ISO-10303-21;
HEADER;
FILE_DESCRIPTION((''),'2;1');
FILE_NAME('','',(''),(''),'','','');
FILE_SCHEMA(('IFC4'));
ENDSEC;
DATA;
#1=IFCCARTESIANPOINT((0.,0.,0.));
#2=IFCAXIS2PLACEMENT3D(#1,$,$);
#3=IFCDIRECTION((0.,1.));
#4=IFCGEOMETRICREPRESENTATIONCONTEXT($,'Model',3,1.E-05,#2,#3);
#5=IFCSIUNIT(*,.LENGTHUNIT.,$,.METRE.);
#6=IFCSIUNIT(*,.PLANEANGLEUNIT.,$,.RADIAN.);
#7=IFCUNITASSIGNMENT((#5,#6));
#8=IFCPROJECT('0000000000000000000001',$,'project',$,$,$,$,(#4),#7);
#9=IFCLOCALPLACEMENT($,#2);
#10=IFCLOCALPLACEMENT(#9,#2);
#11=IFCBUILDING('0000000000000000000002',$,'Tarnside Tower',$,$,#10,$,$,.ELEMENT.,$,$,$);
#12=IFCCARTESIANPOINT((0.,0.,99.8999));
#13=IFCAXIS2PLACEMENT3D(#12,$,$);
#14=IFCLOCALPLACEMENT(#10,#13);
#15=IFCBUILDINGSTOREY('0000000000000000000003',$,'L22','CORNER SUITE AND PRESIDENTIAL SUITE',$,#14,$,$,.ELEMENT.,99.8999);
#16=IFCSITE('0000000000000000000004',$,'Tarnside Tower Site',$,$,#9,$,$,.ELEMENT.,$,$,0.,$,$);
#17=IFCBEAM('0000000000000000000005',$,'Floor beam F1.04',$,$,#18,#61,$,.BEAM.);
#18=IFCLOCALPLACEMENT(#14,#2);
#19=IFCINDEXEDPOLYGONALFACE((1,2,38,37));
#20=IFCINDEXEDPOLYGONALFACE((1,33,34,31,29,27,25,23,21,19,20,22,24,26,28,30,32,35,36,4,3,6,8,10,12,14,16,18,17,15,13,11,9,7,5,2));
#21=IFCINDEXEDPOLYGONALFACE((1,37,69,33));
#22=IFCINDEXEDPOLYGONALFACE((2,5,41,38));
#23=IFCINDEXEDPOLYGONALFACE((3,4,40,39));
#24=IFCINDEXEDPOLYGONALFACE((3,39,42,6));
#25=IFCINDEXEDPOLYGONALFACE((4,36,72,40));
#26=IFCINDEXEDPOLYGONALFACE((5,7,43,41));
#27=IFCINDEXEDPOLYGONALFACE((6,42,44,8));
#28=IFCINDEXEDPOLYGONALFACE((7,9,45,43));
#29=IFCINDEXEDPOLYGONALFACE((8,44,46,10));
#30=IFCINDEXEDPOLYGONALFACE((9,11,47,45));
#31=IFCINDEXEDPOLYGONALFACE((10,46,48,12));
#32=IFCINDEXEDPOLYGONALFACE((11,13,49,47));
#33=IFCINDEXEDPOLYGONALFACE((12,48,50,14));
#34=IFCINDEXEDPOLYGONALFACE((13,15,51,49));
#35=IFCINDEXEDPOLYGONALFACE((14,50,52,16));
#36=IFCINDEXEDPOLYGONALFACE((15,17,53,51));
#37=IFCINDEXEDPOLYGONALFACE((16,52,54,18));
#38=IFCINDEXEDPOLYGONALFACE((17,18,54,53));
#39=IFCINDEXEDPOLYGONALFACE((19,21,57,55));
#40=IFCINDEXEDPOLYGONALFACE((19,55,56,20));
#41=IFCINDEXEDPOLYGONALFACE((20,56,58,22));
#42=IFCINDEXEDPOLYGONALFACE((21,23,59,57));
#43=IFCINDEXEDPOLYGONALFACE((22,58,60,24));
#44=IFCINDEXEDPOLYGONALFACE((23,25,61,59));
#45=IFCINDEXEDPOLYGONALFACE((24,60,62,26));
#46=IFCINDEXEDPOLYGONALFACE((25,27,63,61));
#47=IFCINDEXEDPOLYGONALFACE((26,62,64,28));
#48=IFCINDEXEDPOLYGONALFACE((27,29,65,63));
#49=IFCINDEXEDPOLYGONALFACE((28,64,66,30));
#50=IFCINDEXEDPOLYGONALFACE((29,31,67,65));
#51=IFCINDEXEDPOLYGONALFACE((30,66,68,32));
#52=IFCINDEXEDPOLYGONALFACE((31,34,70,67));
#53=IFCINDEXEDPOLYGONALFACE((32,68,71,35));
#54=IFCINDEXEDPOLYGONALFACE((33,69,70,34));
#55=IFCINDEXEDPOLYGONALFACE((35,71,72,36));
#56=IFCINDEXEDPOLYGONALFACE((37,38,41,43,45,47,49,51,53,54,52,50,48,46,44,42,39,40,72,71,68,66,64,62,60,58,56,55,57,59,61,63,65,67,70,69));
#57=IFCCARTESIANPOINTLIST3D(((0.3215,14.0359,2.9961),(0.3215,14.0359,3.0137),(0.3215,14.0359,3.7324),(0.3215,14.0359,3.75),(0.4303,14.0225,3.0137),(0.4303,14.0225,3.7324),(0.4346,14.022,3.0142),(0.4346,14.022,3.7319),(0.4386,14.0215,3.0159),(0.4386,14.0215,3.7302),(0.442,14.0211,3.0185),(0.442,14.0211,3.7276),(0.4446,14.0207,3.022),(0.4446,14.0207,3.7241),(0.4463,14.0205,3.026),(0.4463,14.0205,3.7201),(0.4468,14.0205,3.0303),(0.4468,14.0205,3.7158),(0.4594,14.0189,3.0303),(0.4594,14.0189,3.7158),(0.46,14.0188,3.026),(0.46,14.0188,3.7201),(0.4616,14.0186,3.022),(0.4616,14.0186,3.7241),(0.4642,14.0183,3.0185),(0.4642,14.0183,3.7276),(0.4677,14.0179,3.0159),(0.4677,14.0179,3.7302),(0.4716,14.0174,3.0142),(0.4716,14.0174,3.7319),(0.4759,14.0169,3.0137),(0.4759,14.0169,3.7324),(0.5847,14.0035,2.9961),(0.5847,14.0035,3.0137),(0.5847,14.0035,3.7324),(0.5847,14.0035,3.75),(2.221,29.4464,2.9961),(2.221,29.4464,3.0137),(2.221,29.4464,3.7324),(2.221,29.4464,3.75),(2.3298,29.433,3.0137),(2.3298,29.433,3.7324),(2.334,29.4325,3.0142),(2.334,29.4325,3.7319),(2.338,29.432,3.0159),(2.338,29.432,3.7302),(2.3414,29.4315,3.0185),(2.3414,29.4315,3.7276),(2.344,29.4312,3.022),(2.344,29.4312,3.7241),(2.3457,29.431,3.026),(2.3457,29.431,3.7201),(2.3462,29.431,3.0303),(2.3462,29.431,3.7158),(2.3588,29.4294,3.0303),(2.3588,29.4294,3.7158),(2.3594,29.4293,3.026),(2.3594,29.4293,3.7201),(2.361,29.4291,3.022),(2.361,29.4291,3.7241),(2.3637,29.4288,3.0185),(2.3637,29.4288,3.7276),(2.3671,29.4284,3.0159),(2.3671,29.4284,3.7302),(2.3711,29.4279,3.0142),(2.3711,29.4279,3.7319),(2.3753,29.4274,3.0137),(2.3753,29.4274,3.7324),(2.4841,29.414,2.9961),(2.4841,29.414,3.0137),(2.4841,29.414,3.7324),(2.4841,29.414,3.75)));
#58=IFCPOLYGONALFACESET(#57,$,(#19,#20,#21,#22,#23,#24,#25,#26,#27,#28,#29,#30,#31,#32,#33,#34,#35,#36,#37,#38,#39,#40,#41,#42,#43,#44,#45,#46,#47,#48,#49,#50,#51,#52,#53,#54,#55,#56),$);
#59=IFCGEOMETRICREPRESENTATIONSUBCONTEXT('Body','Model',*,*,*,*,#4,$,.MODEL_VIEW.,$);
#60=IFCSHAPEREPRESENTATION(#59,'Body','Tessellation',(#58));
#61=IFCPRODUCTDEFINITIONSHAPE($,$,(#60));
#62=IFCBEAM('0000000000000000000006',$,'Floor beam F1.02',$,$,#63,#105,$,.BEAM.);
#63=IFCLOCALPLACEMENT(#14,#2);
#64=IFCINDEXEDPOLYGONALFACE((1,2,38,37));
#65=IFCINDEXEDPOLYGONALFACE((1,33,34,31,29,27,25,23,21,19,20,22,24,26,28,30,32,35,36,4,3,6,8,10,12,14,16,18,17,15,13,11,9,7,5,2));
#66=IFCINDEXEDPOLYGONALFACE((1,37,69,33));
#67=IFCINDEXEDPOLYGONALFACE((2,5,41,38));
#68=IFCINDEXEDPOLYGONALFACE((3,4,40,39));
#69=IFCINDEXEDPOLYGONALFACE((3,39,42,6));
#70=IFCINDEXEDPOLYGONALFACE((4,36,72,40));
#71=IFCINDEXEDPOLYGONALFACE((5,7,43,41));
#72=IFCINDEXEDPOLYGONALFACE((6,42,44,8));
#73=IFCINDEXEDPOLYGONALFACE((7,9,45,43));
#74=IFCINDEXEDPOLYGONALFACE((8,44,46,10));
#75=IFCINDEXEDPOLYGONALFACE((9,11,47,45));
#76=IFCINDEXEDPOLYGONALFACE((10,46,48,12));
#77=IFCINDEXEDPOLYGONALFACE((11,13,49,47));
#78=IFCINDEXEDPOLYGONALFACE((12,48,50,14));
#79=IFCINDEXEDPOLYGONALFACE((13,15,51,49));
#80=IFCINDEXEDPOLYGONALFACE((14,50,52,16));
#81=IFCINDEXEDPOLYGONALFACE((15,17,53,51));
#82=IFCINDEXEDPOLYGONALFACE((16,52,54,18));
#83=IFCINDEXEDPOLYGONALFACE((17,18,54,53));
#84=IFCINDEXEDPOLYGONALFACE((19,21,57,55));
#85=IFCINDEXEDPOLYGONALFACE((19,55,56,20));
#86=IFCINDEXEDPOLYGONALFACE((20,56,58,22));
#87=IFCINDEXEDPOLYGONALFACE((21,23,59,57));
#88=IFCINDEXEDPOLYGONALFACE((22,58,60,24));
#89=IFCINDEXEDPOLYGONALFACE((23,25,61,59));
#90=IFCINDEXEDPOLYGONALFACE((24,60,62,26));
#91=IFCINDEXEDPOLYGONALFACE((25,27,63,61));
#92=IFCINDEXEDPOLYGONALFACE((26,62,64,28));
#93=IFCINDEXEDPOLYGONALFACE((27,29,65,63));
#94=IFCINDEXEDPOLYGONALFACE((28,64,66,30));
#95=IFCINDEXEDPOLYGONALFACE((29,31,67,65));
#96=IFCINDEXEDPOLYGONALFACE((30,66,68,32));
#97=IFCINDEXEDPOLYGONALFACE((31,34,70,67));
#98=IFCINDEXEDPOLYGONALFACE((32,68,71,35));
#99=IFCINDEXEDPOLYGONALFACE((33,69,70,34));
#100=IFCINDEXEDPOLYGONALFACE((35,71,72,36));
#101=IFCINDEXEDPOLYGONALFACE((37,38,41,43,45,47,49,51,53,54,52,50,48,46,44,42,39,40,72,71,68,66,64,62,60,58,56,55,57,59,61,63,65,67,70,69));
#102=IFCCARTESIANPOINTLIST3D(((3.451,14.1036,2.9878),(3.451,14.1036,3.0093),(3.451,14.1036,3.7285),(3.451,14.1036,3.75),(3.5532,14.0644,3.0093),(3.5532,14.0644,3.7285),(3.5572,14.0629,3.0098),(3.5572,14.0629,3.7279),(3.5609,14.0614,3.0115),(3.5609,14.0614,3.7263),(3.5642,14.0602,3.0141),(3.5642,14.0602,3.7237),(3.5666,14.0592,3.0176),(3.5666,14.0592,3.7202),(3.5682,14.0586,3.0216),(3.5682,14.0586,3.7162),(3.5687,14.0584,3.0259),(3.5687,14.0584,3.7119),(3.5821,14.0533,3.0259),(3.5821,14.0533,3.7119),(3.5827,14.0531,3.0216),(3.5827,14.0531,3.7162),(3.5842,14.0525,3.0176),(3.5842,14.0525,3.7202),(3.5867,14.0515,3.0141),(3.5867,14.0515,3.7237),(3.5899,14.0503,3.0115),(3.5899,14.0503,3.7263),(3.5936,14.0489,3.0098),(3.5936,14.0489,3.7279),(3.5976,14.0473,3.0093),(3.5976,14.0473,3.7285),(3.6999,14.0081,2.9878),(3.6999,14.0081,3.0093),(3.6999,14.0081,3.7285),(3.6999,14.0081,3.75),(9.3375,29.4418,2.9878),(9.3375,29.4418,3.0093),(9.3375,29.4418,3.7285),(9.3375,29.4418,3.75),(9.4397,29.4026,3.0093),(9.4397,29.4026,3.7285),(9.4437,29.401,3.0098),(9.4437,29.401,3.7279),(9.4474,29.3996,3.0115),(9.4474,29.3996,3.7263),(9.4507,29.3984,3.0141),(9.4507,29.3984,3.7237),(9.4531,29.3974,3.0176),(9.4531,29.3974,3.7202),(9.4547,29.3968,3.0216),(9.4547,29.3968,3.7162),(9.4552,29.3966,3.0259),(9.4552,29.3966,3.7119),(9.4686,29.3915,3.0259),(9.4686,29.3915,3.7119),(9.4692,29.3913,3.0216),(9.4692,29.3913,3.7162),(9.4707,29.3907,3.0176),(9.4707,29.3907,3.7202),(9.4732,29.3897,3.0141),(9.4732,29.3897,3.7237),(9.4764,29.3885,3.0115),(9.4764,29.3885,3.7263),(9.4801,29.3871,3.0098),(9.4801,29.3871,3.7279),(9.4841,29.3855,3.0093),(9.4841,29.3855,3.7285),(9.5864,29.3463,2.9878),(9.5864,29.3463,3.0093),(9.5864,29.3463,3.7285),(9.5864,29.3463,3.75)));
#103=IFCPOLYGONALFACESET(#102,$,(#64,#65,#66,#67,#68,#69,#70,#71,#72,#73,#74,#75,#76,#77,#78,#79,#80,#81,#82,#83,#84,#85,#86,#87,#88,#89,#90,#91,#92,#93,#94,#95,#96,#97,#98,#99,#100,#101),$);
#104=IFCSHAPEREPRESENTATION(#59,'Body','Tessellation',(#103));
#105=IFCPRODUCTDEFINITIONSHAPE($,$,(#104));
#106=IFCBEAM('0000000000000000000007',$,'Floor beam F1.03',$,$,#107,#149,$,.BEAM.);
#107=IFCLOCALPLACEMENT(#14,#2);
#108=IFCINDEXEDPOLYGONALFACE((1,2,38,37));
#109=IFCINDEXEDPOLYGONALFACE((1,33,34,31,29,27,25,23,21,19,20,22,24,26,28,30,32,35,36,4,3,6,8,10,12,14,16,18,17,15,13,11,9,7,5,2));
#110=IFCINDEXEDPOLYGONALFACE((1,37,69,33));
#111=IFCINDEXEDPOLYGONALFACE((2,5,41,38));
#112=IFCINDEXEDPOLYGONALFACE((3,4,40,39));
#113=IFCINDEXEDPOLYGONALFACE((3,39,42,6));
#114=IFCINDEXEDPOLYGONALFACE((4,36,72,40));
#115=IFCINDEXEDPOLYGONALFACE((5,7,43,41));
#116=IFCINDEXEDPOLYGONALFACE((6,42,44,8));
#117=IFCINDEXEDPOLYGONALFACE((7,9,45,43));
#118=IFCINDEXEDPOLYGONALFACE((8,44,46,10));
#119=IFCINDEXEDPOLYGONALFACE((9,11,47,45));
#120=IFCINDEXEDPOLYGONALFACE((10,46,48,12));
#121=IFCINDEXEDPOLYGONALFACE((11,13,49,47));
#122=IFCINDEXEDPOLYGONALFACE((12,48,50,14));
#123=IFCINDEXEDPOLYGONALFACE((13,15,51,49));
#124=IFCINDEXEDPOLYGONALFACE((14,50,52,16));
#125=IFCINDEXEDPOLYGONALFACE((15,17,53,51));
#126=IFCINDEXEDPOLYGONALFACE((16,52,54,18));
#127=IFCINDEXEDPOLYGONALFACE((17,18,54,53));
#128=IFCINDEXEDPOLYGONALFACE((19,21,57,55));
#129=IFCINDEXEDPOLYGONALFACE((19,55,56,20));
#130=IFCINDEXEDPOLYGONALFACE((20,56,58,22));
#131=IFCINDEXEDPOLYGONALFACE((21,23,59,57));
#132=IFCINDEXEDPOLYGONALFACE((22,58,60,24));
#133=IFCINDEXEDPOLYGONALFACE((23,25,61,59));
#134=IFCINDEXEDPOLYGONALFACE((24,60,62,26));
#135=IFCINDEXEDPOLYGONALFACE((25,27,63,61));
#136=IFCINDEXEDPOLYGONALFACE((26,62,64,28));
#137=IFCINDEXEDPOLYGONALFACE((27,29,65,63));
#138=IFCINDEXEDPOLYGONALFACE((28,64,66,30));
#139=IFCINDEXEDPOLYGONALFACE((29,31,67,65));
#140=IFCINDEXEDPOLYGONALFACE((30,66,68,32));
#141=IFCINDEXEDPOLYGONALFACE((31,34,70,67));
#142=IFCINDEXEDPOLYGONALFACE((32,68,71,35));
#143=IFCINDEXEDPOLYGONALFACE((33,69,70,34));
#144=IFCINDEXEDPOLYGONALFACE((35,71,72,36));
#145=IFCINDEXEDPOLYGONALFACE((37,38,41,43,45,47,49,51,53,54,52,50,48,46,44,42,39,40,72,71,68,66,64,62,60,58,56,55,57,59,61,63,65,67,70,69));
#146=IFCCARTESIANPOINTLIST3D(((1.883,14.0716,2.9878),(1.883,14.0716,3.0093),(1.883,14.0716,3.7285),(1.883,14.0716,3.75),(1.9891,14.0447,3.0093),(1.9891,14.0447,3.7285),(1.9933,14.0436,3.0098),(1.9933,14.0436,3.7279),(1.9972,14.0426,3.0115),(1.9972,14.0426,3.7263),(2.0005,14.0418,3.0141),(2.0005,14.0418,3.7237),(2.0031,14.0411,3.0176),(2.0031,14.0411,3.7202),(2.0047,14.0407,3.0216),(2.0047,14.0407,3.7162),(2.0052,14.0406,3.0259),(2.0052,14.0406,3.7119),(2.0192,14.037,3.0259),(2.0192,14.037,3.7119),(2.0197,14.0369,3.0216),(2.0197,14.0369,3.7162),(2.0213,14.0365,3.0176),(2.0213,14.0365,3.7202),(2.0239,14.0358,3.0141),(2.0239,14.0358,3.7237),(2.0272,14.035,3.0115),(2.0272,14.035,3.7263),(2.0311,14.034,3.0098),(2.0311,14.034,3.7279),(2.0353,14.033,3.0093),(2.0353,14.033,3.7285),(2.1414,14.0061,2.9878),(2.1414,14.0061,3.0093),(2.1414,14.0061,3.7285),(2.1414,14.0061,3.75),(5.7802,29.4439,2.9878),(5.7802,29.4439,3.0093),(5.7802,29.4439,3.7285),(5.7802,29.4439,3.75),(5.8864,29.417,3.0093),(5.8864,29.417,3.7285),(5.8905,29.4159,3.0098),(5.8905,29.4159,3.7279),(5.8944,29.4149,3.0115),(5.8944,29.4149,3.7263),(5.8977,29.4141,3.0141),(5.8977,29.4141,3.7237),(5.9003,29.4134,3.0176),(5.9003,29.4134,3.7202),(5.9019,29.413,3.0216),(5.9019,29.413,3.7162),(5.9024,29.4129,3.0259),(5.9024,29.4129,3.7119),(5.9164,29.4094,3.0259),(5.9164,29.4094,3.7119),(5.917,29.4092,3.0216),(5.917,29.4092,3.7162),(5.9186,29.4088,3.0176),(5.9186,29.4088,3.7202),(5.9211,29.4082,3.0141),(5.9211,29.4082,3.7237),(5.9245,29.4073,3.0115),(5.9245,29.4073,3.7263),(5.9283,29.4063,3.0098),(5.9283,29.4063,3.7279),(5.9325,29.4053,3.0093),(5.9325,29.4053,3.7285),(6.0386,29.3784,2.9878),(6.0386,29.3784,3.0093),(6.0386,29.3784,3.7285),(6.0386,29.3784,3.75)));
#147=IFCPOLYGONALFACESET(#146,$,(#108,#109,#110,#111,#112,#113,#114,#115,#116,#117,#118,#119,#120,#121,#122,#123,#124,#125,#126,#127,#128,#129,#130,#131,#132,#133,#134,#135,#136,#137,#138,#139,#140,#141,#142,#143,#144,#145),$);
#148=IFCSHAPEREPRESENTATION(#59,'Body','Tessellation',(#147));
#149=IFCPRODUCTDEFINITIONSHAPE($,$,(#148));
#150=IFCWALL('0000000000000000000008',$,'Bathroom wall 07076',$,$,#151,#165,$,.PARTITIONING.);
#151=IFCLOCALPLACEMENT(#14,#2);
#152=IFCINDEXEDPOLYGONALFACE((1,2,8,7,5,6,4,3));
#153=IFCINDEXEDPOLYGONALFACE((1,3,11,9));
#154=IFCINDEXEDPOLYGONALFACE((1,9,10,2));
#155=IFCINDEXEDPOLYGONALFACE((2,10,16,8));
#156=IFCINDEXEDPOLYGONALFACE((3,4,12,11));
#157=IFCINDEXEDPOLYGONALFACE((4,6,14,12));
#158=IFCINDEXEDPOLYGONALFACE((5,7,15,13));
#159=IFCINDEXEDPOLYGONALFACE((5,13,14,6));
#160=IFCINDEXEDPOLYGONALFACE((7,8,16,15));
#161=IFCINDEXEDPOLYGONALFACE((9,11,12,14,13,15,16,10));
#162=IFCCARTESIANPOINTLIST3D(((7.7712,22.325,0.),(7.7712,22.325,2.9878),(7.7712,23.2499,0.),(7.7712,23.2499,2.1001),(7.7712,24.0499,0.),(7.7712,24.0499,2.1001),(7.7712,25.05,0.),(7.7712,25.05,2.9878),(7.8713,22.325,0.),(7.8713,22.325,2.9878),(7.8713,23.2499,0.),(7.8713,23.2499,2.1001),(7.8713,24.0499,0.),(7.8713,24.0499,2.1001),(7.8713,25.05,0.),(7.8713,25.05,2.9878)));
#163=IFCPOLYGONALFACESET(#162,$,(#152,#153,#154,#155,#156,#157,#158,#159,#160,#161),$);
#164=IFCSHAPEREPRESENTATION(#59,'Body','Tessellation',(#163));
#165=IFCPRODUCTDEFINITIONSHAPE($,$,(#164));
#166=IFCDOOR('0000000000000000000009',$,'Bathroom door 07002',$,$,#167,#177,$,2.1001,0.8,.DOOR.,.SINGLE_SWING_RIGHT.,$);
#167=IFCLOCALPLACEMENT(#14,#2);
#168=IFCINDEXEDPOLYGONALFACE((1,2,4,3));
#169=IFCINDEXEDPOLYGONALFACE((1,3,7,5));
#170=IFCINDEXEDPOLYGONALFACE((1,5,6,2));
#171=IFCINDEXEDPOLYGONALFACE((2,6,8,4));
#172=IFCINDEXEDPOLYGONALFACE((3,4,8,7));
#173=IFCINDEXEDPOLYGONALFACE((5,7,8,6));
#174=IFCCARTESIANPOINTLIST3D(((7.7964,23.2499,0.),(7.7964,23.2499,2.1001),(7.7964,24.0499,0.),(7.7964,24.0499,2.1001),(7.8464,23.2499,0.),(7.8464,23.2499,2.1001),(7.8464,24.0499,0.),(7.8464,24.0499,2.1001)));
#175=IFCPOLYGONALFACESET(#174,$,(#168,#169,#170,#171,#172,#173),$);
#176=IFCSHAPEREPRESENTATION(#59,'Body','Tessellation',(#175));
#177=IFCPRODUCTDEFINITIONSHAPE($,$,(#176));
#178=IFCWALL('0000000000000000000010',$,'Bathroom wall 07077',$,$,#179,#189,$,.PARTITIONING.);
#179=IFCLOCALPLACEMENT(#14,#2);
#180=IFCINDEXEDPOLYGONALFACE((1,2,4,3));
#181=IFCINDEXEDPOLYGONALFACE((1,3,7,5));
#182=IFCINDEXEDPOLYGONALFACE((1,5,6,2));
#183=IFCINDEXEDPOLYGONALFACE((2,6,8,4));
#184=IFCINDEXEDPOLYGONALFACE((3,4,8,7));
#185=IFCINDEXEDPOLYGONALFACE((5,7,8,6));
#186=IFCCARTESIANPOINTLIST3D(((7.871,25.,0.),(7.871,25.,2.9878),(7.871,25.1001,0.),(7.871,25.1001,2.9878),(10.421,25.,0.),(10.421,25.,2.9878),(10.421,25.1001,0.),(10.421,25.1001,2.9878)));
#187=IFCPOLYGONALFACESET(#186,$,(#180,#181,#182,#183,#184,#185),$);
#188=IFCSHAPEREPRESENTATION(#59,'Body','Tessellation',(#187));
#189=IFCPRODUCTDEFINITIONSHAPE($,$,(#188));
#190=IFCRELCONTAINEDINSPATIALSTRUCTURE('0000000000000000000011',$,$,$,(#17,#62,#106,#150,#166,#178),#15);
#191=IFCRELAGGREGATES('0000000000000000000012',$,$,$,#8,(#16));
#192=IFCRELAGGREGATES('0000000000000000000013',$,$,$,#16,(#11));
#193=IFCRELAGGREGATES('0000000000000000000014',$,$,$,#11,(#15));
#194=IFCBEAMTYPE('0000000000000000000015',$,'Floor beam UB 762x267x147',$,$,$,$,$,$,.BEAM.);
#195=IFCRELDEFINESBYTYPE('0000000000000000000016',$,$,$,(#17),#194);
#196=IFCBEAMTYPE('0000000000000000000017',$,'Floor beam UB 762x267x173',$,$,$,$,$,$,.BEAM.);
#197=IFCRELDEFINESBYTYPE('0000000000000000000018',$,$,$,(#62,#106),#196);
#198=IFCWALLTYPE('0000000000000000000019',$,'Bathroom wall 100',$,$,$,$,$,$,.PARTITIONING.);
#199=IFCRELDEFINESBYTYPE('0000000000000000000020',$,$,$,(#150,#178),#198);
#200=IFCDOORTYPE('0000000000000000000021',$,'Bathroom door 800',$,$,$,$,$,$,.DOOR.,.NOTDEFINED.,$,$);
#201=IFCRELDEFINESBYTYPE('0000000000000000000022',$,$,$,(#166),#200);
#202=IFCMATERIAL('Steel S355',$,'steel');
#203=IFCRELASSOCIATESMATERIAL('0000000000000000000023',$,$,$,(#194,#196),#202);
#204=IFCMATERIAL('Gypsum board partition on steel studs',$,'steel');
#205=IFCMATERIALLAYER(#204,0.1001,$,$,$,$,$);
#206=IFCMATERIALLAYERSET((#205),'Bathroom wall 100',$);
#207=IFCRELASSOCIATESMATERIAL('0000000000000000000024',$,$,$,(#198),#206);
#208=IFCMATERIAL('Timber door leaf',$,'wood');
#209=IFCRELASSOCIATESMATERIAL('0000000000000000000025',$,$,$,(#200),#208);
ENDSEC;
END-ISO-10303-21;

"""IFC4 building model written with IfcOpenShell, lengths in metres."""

from ifc_helpers import new_model, si_unit, direction, frame, frame_2d, origin, origin_2d, place, context, subcontext, project, spatial, rectangle, i_section, extrude, material, layer, layer_set, material_profile, profile_set, type_object, element, fill, save


model = new_model("IFC4")

# Units and contexts
model_context = context("Model", 3, precision=1e-05, world=origin(), true_north=direction((0.0, 1.0)))
body_context = subcontext(model_context, "Body", "Model", "MODEL_VIEW")
ifc_project = project(units=[si_unit("LENGTHUNIT", "METRE"), si_unit("PLANEANGLEUNIT", "RADIAN")], contexts=[model_context])

# Site, building, storey
site_placement = place(None, origin())
site = spatial("IfcSite", under=ifc_project, at=site_placement, Name="Tarnside Tower Site", CompositionType="ELEMENT", RefElevation=0.0)
building_placement = place(site_placement, origin())
building = spatial("IfcBuilding", under=site, at=building_placement, Name="Tarnside Tower", CompositionType="ELEMENT")
storey_placement = place(building_placement, frame((0.0, 0.0, 99.8999)))
storey = spatial("IfcBuildingStorey", under=building, at=storey_placement, Name="L22", Description="CORNER SUITE AND PRESIDENTIAL SUITE", CompositionType="ELEMENT", Elevation=99.8999)

# Beams
ifc_material_1 = material(Name="Steel S355", Category="steel")
ifc_material_profile_1 = material_profile(ifc_material_1, i_section(OverallWidth=0.2651, OverallDepth=0.7539, WebThickness=0.0127, FlangeThickness=0.0176, FilletRadius=0.0166, at=origin_2d()), Name="UB 762x267x147")
ifc_profile_set_1 = profile_set([ifc_material_profile_1], Name="Steel S355")
beam_type_1 = type_object("IfcBeamType", Name="Floor beam UB 762x267x147", PredefinedType="BEAM", material=ifc_profile_set_1)
beam_1_placement = place(storey_placement, frame((2.3525, 29.4302, 3.373), z_axis=(-0.12233, -0.99249, 0.0), x_axis=(0.99249, -0.12233, 0.0)))
element("IfcBeam", 1, at=beam_1_placement, inside=storey, type_object=beam_type_1, Name="Floor beam F1.04", PredefinedType="BEAM", context=body_context, shape_type="SweptSolid", body=[
    extrude(i_section(OverallWidth=0.2651, OverallDepth=0.7539, WebThickness=0.0127, FlangeThickness=0.0176, FilletRadius=0.0166, at=origin_2d()), origin(), (0.0, 0.0, 1.0), 15.5271),
])
ifc_material_profile_2 = material_profile(ifc_material_1, i_section(OverallWidth=0.2666, OverallDepth=0.7622, WebThickness=0.0144, FlangeThickness=0.0215, FilletRadius=0.0166, at=origin_2d()), Name="UB 762x267x173")
ifc_profile_set_2 = profile_set([ifc_material_profile_2], Name="Steel S355")
beam_type_2 = type_object("IfcBeamType", Name="Floor beam UB 762x267x173", PredefinedType="BEAM", material=ifc_profile_set_2)
beam_2_placement = place(storey_placement, frame((9.4619, 29.394, 3.3689), z_axis=(-0.3583, -0.933607, 0.0), x_axis=(0.933607, -0.3583, 0.0)))
element("IfcBeam", 2, at=beam_2_placement, inside=storey, type_object=beam_type_2, Name="Floor beam F1.02", PredefinedType="BEAM", context=body_context, shape_type="SweptSolid", body=[
    extrude(i_section(OverallWidth=0.2666, OverallDepth=0.7622, WebThickness=0.0144, FlangeThickness=0.0215, FilletRadius=0.0166, at=origin_2d()), origin(), (0.0, 0.0, 1.0), 16.429),
])
beam_3_placement = place(storey_placement, frame((5.9094, 29.4111, 3.3689), z_axis=(-0.245747, -0.969334, 0.0), x_axis=(0.969334, -0.245747, 0.0)))
element("IfcBeam", 3, at=beam_3_placement, inside=storey, type_object=beam_type_2, Name="Floor beam F1.03", PredefinedType="BEAM", context=body_context, shape_type="SweptSolid", body=[
    extrude(i_section(OverallWidth=0.2666, OverallDepth=0.7622, WebThickness=0.0144, FlangeThickness=0.0215, FilletRadius=0.0166, at=origin_2d()), origin(), (0.0, 0.0, 1.0), 15.8586),
])

# Wall, opening, door
ifc_material_2 = material(Name="Gypsum board partition on steel studs", Category="steel")
ifc_layer_1 = layer(ifc_material_2, 0.1001)
ifc_layer_set_1 = layer_set([ifc_layer_1], Name="Bathroom wall 100")
wall_type_1 = type_object("IfcWallType", Name="Bathroom wall 100", PredefinedType="PARTITIONING", material=ifc_layer_set_1)
wall_1_placement = place(storey_placement, frame((7.8213, 22.325, 0.0), z_axis=(0.0, 0.0, 1.0), x_axis=(0.0, 1.0, 0.0)))
wall_1 = element("IfcWall", 4, at=wall_1_placement, inside=storey, type_object=wall_type_1, Name="Bathroom wall 07076", PredefinedType="PARTITIONING", context=body_context, shape_type="SweptSolid", body=[
    extrude(rectangle(XDim=2.7251, YDim=0.1001, at=frame_2d((1.3625, 0.0))), origin(), (0.0, 0.0, 1.0), 2.9878),
])
opening_1_placement = place(wall_1_placement, frame((0.925, 0.0, 0.0)))
opening_1 = element("IfcOpeningElement", 5, at=opening_1_placement, cuts=wall_1, PredefinedType="OPENING", context=body_context, shape_type="SweptSolid", body=[
    extrude(rectangle(XDim=0.8, YDim=2.1001, at=frame_2d((0.3999, 1.05))), frame((0.0, 0.0601, 0.0), z_axis=(0.0, -1.0, 0.0), x_axis=(1.0, 0.0, 0.0)), (0.0, 0.0, 1.0), 0.1201),
])
ifc_material_3 = material(Name="Timber door leaf", Category="wood")
door_type_1 = type_object("IfcDoorType", Name="Bathroom door 800", OperationType="NOTDEFINED", PredefinedType="DOOR", material=ifc_material_3)
door_1_placement = place(opening_1_placement, origin())
door_1 = element("IfcDoor", 6, at=door_1_placement, inside=storey, type_object=door_type_1, Name="Bathroom door 07002", OperationType="SINGLE_SWING_RIGHT", OverallHeight=2.1001, OverallWidth=0.8, PredefinedType="DOOR", context=body_context, shape_type="SweptSolid", body=[
    extrude(rectangle(XDim=0.8, YDim=2.1001, at=frame_2d((0.3999, 1.05))), frame((0.0, 0.0249, 0.0), z_axis=(0.0, -1.0, 0.0), x_axis=(1.0, 0.0, 0.0)), (0.0, 0.0, 1.0), 0.05),
])
fill(opening_1, door_1)

# Wall
wall_2_placement = place(storey_placement, frame((7.8711, 25.05, 0.0), z_axis=(0.0, 0.0, 1.0), x_axis=(1.0, 0.0, 0.0)))
element("IfcWall", 7, at=wall_2_placement, inside=storey, type_object=wall_type_1, Name="Bathroom wall 07077", PredefinedType="PARTITIONING", context=body_context, shape_type="SweptSolid", body=[
    extrude(rectangle(XDim=2.55, YDim=0.1001, at=frame_2d((1.2749, 0.0))), origin(), (0.0, 0.0, 1.0), 2.9878),
])

save(model, "model.ifc")
